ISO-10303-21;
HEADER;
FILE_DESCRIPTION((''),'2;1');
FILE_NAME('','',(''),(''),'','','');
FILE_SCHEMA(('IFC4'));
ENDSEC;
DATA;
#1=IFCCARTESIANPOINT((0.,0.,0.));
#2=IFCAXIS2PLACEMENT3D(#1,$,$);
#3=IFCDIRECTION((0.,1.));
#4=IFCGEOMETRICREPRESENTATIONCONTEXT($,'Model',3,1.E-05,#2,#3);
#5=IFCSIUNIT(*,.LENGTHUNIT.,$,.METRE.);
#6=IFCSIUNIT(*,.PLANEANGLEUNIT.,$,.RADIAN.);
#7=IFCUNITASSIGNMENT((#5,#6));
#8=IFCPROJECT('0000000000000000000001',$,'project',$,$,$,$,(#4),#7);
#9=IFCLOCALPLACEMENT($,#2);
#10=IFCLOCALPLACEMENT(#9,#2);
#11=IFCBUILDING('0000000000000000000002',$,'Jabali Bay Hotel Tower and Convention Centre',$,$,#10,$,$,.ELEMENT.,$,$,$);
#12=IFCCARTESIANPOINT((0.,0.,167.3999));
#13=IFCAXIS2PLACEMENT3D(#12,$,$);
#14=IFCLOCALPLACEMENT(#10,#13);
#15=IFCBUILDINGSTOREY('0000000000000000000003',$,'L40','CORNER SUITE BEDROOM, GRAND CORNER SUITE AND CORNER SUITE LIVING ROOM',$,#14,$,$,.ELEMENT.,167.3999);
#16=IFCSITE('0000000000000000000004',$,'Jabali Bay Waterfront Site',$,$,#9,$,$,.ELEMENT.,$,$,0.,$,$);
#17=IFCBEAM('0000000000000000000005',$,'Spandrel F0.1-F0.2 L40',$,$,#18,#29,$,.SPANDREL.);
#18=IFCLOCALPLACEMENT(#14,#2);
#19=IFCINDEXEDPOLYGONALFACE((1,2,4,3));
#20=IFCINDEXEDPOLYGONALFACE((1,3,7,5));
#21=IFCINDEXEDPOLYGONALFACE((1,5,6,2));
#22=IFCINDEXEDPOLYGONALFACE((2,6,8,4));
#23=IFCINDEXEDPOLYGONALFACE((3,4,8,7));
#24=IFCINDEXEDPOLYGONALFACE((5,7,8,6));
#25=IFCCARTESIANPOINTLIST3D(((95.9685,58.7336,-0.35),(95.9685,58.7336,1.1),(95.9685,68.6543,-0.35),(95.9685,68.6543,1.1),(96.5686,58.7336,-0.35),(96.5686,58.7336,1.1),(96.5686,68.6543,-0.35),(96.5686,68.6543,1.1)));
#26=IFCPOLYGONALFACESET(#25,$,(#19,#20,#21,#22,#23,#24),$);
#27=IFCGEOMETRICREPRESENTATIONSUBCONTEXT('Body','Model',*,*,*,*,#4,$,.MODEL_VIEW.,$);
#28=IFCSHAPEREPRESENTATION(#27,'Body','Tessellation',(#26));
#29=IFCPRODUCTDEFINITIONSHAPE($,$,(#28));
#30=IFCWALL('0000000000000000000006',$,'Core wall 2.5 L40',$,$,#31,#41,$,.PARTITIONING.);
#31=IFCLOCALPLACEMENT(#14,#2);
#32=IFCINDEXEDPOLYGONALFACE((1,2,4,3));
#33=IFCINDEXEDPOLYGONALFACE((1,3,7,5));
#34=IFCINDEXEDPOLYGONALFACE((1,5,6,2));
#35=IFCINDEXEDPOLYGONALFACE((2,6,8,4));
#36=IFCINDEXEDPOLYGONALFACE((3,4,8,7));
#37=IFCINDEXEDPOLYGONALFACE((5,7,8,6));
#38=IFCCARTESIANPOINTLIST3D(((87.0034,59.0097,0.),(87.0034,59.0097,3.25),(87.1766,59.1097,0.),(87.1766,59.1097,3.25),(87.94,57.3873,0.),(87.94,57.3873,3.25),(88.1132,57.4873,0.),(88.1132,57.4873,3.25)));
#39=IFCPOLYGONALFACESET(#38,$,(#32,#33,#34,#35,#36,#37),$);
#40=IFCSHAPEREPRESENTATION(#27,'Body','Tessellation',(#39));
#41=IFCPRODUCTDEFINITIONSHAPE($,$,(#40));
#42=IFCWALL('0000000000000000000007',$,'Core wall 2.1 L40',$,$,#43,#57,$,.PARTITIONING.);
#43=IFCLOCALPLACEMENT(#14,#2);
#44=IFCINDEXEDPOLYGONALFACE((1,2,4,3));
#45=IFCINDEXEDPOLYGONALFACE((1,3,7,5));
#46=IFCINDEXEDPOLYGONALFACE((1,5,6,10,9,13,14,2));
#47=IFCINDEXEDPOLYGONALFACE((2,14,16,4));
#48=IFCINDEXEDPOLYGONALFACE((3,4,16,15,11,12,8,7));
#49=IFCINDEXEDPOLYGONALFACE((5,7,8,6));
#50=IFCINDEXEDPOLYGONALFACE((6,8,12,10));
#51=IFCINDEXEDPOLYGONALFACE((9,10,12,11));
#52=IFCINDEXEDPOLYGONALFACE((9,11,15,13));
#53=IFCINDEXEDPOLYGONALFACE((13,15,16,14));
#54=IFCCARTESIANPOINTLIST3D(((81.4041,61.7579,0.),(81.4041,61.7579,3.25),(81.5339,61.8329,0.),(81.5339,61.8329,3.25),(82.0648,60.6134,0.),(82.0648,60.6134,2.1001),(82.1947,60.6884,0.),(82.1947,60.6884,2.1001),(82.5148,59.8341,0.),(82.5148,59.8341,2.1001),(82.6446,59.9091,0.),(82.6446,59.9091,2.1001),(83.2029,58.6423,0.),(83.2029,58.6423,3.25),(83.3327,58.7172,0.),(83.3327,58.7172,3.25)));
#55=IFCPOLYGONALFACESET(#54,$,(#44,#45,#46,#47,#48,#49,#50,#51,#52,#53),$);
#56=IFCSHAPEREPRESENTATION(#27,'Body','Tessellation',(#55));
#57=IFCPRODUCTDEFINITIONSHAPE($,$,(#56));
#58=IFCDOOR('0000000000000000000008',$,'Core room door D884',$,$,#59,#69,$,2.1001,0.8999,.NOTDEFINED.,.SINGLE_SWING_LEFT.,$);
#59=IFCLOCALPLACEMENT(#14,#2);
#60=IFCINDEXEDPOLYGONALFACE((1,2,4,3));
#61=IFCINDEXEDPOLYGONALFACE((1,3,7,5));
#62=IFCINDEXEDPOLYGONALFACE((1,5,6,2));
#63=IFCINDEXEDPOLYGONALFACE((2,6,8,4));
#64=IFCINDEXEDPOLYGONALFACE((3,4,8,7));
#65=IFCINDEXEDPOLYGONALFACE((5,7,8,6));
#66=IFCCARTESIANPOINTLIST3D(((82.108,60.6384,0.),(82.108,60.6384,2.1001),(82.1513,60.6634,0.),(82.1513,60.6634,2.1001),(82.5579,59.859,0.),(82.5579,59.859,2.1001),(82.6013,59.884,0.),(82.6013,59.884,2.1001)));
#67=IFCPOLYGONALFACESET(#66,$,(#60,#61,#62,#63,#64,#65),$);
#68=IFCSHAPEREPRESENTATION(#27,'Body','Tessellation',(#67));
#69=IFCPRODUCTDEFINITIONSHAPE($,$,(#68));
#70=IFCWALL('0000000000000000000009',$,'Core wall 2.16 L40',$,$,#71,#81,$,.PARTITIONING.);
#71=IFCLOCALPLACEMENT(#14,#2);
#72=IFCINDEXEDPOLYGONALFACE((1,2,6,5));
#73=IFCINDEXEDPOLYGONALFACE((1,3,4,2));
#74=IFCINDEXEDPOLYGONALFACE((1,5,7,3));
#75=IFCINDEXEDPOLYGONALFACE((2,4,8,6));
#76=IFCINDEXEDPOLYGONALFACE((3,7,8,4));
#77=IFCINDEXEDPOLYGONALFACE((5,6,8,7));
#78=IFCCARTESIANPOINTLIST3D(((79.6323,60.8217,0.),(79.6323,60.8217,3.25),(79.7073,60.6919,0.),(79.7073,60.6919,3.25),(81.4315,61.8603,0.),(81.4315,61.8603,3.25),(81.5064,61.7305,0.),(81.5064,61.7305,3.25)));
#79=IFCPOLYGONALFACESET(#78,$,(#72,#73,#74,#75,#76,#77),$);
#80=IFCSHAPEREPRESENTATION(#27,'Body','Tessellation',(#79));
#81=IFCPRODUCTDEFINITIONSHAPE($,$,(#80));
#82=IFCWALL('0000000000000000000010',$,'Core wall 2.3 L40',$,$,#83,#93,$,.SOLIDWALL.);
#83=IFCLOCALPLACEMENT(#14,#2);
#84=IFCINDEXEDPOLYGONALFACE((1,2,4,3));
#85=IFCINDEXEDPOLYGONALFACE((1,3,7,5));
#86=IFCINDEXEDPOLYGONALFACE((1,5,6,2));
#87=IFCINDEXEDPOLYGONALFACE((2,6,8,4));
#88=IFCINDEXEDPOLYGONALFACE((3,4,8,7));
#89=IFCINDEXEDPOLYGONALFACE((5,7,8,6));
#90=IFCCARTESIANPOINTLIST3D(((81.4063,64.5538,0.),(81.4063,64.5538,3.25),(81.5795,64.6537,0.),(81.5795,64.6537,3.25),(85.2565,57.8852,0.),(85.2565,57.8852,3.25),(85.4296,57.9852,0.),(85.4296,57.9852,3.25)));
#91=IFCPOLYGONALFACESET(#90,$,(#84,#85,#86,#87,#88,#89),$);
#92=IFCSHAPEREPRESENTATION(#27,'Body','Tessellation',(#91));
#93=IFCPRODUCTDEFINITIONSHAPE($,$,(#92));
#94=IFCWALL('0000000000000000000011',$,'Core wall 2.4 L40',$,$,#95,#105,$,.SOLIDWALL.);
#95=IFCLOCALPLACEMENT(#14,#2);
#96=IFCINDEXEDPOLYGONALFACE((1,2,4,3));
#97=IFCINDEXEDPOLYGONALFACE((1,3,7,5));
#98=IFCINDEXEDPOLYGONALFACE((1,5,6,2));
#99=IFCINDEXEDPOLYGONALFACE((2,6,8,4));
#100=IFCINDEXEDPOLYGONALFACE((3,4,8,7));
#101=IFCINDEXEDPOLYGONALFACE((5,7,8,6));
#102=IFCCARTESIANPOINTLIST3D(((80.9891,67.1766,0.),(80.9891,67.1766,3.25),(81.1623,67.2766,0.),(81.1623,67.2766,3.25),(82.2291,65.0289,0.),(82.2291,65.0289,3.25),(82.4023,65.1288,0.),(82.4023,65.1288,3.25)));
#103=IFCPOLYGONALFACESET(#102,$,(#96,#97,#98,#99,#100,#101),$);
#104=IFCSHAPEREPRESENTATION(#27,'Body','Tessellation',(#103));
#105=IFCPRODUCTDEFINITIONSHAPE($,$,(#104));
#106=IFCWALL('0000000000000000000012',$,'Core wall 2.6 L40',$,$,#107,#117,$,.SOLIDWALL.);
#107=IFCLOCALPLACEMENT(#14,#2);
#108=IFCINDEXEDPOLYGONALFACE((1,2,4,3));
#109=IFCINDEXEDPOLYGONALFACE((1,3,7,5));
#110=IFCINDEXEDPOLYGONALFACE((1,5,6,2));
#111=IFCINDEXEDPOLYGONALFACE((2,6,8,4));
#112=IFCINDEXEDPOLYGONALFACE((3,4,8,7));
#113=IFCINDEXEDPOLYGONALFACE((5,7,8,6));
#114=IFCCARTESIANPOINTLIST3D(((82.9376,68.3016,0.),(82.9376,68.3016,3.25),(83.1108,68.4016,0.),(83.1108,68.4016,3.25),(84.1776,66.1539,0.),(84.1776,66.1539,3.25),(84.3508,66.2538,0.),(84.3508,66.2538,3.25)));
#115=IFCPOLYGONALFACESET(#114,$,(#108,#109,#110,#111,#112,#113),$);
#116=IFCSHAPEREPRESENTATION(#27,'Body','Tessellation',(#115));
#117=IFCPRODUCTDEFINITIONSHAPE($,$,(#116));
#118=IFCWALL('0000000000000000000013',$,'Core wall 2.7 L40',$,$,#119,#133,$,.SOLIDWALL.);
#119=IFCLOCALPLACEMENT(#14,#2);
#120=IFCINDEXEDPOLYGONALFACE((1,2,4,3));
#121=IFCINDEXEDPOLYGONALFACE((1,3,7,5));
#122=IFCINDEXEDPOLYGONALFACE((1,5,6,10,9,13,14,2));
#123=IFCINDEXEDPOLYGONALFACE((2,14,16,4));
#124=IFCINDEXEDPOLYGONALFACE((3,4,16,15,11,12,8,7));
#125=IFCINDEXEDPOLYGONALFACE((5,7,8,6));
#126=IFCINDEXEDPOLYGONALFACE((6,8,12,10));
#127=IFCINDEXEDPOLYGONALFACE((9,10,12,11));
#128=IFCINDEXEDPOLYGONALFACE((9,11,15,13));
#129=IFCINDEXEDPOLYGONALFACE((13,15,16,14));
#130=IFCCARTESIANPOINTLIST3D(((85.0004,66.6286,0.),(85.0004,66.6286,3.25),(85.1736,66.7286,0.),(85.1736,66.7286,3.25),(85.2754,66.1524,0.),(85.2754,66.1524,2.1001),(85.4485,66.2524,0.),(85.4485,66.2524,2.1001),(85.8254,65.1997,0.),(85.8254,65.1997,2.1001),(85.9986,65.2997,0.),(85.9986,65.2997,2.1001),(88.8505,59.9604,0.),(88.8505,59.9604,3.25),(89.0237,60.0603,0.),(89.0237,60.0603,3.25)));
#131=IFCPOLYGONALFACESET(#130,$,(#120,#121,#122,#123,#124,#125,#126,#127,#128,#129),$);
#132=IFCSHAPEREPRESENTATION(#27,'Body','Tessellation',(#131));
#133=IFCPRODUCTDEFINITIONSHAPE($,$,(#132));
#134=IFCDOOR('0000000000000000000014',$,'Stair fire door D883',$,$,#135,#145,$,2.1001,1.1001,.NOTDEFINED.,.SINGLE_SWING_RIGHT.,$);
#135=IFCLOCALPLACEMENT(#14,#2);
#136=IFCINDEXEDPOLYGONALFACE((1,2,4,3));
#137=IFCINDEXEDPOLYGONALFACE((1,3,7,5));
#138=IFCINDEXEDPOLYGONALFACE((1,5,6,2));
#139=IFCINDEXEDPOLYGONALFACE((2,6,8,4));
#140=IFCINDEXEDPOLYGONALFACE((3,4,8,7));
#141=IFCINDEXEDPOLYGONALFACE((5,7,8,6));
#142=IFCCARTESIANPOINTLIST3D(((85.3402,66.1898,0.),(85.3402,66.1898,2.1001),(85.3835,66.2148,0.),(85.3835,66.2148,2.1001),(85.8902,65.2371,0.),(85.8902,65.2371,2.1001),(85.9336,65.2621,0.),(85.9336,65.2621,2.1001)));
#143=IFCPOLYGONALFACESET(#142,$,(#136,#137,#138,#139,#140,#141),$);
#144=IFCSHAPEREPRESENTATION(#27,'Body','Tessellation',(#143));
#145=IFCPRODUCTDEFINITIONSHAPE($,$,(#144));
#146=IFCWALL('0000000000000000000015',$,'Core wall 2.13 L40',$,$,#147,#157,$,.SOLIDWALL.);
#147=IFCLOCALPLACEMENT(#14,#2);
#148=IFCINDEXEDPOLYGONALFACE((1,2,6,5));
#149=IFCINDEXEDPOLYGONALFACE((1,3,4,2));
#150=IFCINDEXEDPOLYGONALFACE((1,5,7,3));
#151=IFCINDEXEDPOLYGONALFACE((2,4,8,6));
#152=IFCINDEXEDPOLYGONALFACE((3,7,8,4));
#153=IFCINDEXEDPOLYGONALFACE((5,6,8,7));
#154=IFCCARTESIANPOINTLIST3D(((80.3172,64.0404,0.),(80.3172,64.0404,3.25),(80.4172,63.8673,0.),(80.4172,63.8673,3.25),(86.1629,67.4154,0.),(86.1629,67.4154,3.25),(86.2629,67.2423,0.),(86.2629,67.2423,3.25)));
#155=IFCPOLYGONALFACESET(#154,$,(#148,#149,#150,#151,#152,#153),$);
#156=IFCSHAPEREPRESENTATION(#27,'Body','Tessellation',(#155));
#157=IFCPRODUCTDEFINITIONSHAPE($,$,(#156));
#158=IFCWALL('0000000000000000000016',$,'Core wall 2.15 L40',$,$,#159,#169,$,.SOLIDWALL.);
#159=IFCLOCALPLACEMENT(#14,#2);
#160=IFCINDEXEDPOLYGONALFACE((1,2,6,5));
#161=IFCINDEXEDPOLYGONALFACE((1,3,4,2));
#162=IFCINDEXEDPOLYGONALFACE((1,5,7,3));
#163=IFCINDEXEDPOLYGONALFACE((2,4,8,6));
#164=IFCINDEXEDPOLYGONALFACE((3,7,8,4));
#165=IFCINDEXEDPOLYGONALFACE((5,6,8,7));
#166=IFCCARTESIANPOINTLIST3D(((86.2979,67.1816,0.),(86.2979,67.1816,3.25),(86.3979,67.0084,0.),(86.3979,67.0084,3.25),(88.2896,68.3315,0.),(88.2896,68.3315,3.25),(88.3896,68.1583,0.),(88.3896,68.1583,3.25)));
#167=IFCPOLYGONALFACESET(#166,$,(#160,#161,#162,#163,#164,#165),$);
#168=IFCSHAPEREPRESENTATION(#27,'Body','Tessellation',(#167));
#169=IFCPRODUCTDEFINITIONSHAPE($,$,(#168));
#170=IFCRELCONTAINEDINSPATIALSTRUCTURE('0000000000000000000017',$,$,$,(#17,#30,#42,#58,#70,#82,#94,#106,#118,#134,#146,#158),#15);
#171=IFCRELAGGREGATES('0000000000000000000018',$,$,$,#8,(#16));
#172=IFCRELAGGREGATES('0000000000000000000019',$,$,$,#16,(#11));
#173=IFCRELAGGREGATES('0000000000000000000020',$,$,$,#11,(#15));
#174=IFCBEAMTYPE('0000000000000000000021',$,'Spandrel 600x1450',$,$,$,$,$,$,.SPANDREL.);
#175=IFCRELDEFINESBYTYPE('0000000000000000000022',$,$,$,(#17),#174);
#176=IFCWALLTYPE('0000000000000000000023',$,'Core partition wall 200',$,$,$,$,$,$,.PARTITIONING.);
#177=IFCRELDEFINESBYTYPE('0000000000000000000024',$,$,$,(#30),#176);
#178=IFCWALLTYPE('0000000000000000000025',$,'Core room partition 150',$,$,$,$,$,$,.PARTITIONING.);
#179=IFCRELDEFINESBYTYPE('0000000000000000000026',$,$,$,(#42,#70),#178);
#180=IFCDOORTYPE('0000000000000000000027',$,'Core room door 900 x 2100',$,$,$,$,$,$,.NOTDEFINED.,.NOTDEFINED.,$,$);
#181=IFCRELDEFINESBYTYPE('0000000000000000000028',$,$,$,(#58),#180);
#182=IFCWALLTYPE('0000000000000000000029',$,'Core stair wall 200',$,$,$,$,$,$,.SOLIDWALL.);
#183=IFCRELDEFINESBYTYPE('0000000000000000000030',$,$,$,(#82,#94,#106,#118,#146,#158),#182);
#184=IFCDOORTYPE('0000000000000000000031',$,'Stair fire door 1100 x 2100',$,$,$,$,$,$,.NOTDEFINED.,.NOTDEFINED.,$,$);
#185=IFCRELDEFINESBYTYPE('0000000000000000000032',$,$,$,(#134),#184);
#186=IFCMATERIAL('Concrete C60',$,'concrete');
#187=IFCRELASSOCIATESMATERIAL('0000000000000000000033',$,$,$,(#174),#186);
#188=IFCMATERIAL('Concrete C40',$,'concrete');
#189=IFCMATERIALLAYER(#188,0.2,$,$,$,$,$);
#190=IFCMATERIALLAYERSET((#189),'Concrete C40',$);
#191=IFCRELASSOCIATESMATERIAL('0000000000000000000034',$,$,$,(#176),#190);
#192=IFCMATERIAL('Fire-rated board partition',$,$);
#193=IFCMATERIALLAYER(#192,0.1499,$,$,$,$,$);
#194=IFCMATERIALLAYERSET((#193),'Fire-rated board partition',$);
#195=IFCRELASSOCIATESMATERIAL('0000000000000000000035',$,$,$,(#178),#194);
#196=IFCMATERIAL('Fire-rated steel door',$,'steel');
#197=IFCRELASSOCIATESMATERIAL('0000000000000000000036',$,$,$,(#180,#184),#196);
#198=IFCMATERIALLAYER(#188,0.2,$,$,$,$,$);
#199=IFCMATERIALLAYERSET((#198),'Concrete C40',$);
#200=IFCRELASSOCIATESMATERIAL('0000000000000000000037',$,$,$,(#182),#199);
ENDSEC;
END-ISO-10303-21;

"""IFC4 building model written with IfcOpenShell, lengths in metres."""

from ifc_helpers import new_model, si_unit, direction, frame, frame_2d, origin, origin_2d, place, context, subcontext, project, spatial, rectangle, extrude, material, layer, layer_set, material_profile, profile_set, type_object, element, fill, save


model = new_model("IFC4")

# Units and contexts
model_context = context("Model", 3, precision=1e-05, world=origin(), true_north=direction((0.0, 1.0)))
body_context = subcontext(model_context, "Body", "Model", "MODEL_VIEW")
ifc_project = project(units=[si_unit("LENGTHUNIT", "METRE"), si_unit("PLANEANGLEUNIT", "RADIAN")], contexts=[model_context])

# Site, building, storey
site_placement = place(None, origin())
site = spatial("IfcSite", under=ifc_project, at=site_placement, Name="Jabali Bay Waterfront Site", CompositionType="ELEMENT", RefElevation=0.0)
building_placement = place(site_placement, origin())
building = spatial("IfcBuilding", under=site, at=building_placement, Name="Jabali Bay Hotel Tower and Convention Centre", CompositionType="ELEMENT")
storey_placement = place(building_placement, frame((0.0, 0.0, 167.3999)))
storey = spatial("IfcBuildingStorey", under=building, at=storey_placement, Name="L40", Description="CORNER SUITE BEDROOM, GRAND CORNER SUITE AND CORNER SUITE LIVING ROOM", CompositionType="ELEMENT", Elevation=167.3999)

# Beam
ifc_material_1 = material(Name="Concrete C60", Category="concrete")
ifc_material_profile = material_profile(ifc_material_1, rectangle(XDim=0.6001, YDim=1.45, at=origin_2d()), Name="Spandrel 600x1450")
ifc_profile_set = profile_set([ifc_material_profile], Name="Concrete C60")
beam_type = type_object("IfcBeamType", Name="Spandrel 600x1450", PredefinedType="SPANDREL", material=ifc_profile_set)
beam_placement = place(storey_placement, frame((96.2686, 58.7336, 0.375), z_axis=(0.0, 1.0, 0.0), x_axis=(-1.0, 0.0, 0.0)))
element("IfcBeam", 1, at=beam_placement, inside=storey, type_object=beam_type, Name="Spandrel F0.1-F0.2 L40", PredefinedType="SPANDREL", context=body_context, shape_type="SweptSolid", body=[
    extrude(rectangle(XDim=0.6001, YDim=1.45, at=origin_2d()), origin(), (0.0, 0.0, 1.0), 9.9207),
])

# Wall
ifc_material_2 = material(Name="Concrete C40", Category="concrete")
ifc_layer_1 = layer(ifc_material_2, 0.2)
ifc_layer_set_1 = layer_set([ifc_layer_1], Name="Concrete C40")
wall_type_1 = type_object("IfcWallType", Name="Core partition wall 200", PredefinedType="PARTITIONING", material=ifc_layer_set_1)
wall_1_placement = place(storey_placement, frame((87.0901, 59.0596, 0.0), z_axis=(0.0, 0.0, 1.0), x_axis=(0.499952, -0.866053, 0.0)))
element("IfcWall", 2, at=wall_1_placement, inside=storey, type_object=wall_type_1, Name="Core wall 2.5 L40", PredefinedType="PARTITIONING", context=body_context, shape_type="SweptSolid", body=[
    extrude(rectangle(XDim=1.8733, YDim=0.2, at=frame_2d((0.9365, 0.0))), origin(), (0.0, 0.0, 1.0), 3.25),
])

# Wall, opening, door
ifc_material_3 = material(Name="Fire-rated board partition")
ifc_layer_2 = layer(ifc_material_3, 0.1499)
ifc_layer_set_2 = layer_set([ifc_layer_2], Name="Fire-rated board partition")
wall_type_2 = type_object("IfcWallType", Name="Core room partition 150", PredefinedType="PARTITIONING", material=ifc_layer_set_2)
wall_2_placement = place(storey_placement, frame((81.469, 61.7954, 0.0), z_axis=(0.0, 0.0, 1.0), x_axis=(0.499993, -0.86603, 0.0)))
wall_2 = element("IfcWall", 3, at=wall_2_placement, inside=storey, type_object=wall_type_2, Name="Core wall 2.1 L40", PredefinedType="PARTITIONING", context=body_context, shape_type="SweptSolid", body=[
    extrude(rectangle(XDim=3.5977, YDim=0.1499, at=frame_2d((1.7988, 0.0))), origin(), (0.0, 0.0, 1.0), 3.25),
])
opening_1_placement = place(wall_2_placement, frame((1.3215, 0.0, 0.0)))
opening_1 = element("IfcOpeningElement", 4, at=opening_1_placement, cuts=wall_2, PredefinedType="OPENING", context=body_context, shape_type="SweptSolid", body=[
    extrude(rectangle(XDim=0.8999, YDim=2.1001, at=frame_2d((0.45, 1.05))), frame((0.0, 0.0854, 0.0), z_axis=(0.0, -1.0, 0.0), x_axis=(1.0, 0.0, 0.0)), (0.0, 0.0, 1.0), 0.1709),
])
ifc_material_4 = material(Name="Fire-rated steel door", Category="steel")
door_type_1 = type_object("IfcDoorType", Name="Core room door 900 x 2100", OperationType="NOTDEFINED", PredefinedType="NOTDEFINED", material=ifc_material_4)
door_1_placement = place(opening_1_placement, origin())
door_1 = element("IfcDoor", 5, at=door_1_placement, inside=storey, type_object=door_type_1, Name="Core room door D884", OperationType="SINGLE_SWING_LEFT", OverallHeight=2.1001, OverallWidth=0.8999, PredefinedType="NOTDEFINED", context=body_context, shape_type="SweptSolid", body=[
    extrude(rectangle(XDim=0.8999, YDim=2.1001, at=frame_2d((0.45, 1.05))), frame((0.0, 0.0249, 0.0), z_axis=(0.0, -1.0, 0.0), x_axis=(1.0, 0.0, 0.0)), (0.0, 0.0, 1.0), 0.05),
])
fill(opening_1, door_1)

# Walls
wall_3_placement = place(storey_placement, frame((79.6699, 60.7568, 0.0), z_axis=(0.0, 0.0, 1.0), x_axis=(0.866051, 0.499956, 0.0)))
element("IfcWall", 6, at=wall_3_placement, inside=storey, type_object=wall_type_2, Name="Core wall 2.16 L40", PredefinedType="PARTITIONING", context=body_context, shape_type="SweptSolid", body=[
    extrude(rectangle(XDim=2.0774, YDim=0.1499, at=frame_2d((1.0386, 0.0))), origin(), (0.0, 0.0, 1.0), 3.25),
])
ifc_layer_3 = layer(ifc_material_2, 0.2)
ifc_layer_set_3 = layer_set([ifc_layer_3], Name="Concrete C40")
wall_type_3 = type_object("IfcWallType", Name="Core stair wall 200", PredefinedType="SOLIDWALL", material=ifc_layer_set_3)
wall_4_placement = place(storey_placement, frame((81.4929, 64.6038, 0.0), z_axis=(0.0, 0.0, 1.0), x_axis=(0.500006, -0.866022, 0.0)))
element("IfcWall", 7, at=wall_4_placement, inside=storey, type_object=wall_type_3, Name="Core wall 2.3 L40", PredefinedType="SOLIDWALL", context=body_context, shape_type="SweptSolid", body=[
    extrude(rectangle(XDim=7.7002, YDim=0.2, at=frame_2d((3.8501, 0.0))), origin(), (0.0, 0.0, 1.0), 3.25),
])
for number, where, z_axis, x_axis, name in (
    (8, (81.0757, 67.2266, 0.0), (0.0, 0.0, 1.0), (0.500004, -0.866023, 0.0), "Core wall 2.4 L40"),
    (9, (83.0242, 68.3516, 0.0), (0.0, 0.0, 1.0), (0.500004, -0.866023, 0.0), "Core wall 2.6 L40"),
):
    element("IfcWall", number, at=place(storey_placement, frame(where, z_axis=z_axis, x_axis=x_axis)), inside=storey, type_object=wall_type_3, Name=name, PredefinedType="SOLIDWALL", context=body_context, shape_type="SweptSolid", body=[
        extrude(rectangle(XDim=2.48, YDim=0.2, at=frame_2d((1.24, 0.0))), origin(), (0.0, 0.0, 1.0), 3.25),
    ])

# Wall, opening, door
wall_5_placement = place(storey_placement, frame((85.0869, 66.6787, 0.0), z_axis=(0.0, 0.0, 1.0), x_axis=(0.50002, -0.866014, 0.0)))
wall_5 = element("IfcWall", 10, at=wall_5_placement, inside=storey, type_object=wall_type_3, Name="Core wall 2.7 L40", PredefinedType="SOLIDWALL", context=body_context, shape_type="SweptSolid", body=[
    extrude(rectangle(XDim=7.7, YDim=0.2, at=frame_2d((3.8501, 0.0))), origin(), (0.0, 0.0, 1.0), 3.25),
])
opening_2_placement = place(wall_5_placement, frame((0.55, 0.0, 0.0)))
opening_2 = element("IfcOpeningElement", 11, at=opening_2_placement, cuts=wall_5, PredefinedType="OPENING", context=body_context, shape_type="SweptSolid", body=[
    extrude(rectangle(XDim=1.1001, YDim=2.1001, at=frame_2d((0.55, 1.05))), frame((0.0, 0.1104, 0.0), z_axis=(0.0, -1.0, 0.0), x_axis=(1.0, 0.0, 0.0)), (0.0, 0.0, 1.0), 0.2209),
])
door_type_2 = type_object("IfcDoorType", Name="Stair fire door 1100 x 2100", OperationType="NOTDEFINED", PredefinedType="NOTDEFINED", material=ifc_material_4)
door_2_placement = place(opening_2_placement, origin())
door_2 = element("IfcDoor", 12, at=door_2_placement, inside=storey, type_object=door_type_2, Name="Stair fire door D883", OperationType="SINGLE_SWING_RIGHT", OverallHeight=2.1001, OverallWidth=1.1001, PredefinedType="NOTDEFINED", context=body_context, shape_type="SweptSolid", body=[
    extrude(rectangle(XDim=1.1001, YDim=2.1001, at=frame_2d((0.55, 1.05))), frame((0.0, 0.0249, 0.0), z_axis=(0.0, -1.0, 0.0), x_axis=(1.0, 0.0, 0.0)), (0.0, 0.0, 1.0), 0.05),
])
fill(opening_2, door_2)

# Walls
wall_6_placement = place(storey_placement, frame((80.3672, 63.9539, 0.0), z_axis=(0.0, 0.0, 1.0), x_axis=(0.866027, 0.499998, 0.0)))
element("IfcWall", 13, at=wall_6_placement, inside=storey, type_object=wall_type_3, Name="Core wall 2.13 L40", PredefinedType="SOLIDWALL", context=body_context, shape_type="SweptSolid", body=[
    extrude(rectangle(XDim=6.75, YDim=0.2, at=frame_2d((3.375, 0.0))), origin(), (0.0, 0.0, 1.0), 3.25),
])
wall_7_placement = place(storey_placement, frame((86.3479, 67.095, 0.0), z_axis=(0.0, 0.0, 1.0), x_axis=(0.866026, 0.499998, 0.0)))
element("IfcWall", 14, at=wall_7_placement, inside=storey, type_object=wall_type_3, Name="Core wall 2.15 L40", PredefinedType="SOLIDWALL", context=body_context, shape_type="SweptSolid", body=[
    extrude(rectangle(XDim=2.2998, YDim=0.2, at=frame_2d((1.1499, 0.0))), origin(), (0.0, 0.0, 1.0), 3.25),
])

save(model, "model.ifc")
